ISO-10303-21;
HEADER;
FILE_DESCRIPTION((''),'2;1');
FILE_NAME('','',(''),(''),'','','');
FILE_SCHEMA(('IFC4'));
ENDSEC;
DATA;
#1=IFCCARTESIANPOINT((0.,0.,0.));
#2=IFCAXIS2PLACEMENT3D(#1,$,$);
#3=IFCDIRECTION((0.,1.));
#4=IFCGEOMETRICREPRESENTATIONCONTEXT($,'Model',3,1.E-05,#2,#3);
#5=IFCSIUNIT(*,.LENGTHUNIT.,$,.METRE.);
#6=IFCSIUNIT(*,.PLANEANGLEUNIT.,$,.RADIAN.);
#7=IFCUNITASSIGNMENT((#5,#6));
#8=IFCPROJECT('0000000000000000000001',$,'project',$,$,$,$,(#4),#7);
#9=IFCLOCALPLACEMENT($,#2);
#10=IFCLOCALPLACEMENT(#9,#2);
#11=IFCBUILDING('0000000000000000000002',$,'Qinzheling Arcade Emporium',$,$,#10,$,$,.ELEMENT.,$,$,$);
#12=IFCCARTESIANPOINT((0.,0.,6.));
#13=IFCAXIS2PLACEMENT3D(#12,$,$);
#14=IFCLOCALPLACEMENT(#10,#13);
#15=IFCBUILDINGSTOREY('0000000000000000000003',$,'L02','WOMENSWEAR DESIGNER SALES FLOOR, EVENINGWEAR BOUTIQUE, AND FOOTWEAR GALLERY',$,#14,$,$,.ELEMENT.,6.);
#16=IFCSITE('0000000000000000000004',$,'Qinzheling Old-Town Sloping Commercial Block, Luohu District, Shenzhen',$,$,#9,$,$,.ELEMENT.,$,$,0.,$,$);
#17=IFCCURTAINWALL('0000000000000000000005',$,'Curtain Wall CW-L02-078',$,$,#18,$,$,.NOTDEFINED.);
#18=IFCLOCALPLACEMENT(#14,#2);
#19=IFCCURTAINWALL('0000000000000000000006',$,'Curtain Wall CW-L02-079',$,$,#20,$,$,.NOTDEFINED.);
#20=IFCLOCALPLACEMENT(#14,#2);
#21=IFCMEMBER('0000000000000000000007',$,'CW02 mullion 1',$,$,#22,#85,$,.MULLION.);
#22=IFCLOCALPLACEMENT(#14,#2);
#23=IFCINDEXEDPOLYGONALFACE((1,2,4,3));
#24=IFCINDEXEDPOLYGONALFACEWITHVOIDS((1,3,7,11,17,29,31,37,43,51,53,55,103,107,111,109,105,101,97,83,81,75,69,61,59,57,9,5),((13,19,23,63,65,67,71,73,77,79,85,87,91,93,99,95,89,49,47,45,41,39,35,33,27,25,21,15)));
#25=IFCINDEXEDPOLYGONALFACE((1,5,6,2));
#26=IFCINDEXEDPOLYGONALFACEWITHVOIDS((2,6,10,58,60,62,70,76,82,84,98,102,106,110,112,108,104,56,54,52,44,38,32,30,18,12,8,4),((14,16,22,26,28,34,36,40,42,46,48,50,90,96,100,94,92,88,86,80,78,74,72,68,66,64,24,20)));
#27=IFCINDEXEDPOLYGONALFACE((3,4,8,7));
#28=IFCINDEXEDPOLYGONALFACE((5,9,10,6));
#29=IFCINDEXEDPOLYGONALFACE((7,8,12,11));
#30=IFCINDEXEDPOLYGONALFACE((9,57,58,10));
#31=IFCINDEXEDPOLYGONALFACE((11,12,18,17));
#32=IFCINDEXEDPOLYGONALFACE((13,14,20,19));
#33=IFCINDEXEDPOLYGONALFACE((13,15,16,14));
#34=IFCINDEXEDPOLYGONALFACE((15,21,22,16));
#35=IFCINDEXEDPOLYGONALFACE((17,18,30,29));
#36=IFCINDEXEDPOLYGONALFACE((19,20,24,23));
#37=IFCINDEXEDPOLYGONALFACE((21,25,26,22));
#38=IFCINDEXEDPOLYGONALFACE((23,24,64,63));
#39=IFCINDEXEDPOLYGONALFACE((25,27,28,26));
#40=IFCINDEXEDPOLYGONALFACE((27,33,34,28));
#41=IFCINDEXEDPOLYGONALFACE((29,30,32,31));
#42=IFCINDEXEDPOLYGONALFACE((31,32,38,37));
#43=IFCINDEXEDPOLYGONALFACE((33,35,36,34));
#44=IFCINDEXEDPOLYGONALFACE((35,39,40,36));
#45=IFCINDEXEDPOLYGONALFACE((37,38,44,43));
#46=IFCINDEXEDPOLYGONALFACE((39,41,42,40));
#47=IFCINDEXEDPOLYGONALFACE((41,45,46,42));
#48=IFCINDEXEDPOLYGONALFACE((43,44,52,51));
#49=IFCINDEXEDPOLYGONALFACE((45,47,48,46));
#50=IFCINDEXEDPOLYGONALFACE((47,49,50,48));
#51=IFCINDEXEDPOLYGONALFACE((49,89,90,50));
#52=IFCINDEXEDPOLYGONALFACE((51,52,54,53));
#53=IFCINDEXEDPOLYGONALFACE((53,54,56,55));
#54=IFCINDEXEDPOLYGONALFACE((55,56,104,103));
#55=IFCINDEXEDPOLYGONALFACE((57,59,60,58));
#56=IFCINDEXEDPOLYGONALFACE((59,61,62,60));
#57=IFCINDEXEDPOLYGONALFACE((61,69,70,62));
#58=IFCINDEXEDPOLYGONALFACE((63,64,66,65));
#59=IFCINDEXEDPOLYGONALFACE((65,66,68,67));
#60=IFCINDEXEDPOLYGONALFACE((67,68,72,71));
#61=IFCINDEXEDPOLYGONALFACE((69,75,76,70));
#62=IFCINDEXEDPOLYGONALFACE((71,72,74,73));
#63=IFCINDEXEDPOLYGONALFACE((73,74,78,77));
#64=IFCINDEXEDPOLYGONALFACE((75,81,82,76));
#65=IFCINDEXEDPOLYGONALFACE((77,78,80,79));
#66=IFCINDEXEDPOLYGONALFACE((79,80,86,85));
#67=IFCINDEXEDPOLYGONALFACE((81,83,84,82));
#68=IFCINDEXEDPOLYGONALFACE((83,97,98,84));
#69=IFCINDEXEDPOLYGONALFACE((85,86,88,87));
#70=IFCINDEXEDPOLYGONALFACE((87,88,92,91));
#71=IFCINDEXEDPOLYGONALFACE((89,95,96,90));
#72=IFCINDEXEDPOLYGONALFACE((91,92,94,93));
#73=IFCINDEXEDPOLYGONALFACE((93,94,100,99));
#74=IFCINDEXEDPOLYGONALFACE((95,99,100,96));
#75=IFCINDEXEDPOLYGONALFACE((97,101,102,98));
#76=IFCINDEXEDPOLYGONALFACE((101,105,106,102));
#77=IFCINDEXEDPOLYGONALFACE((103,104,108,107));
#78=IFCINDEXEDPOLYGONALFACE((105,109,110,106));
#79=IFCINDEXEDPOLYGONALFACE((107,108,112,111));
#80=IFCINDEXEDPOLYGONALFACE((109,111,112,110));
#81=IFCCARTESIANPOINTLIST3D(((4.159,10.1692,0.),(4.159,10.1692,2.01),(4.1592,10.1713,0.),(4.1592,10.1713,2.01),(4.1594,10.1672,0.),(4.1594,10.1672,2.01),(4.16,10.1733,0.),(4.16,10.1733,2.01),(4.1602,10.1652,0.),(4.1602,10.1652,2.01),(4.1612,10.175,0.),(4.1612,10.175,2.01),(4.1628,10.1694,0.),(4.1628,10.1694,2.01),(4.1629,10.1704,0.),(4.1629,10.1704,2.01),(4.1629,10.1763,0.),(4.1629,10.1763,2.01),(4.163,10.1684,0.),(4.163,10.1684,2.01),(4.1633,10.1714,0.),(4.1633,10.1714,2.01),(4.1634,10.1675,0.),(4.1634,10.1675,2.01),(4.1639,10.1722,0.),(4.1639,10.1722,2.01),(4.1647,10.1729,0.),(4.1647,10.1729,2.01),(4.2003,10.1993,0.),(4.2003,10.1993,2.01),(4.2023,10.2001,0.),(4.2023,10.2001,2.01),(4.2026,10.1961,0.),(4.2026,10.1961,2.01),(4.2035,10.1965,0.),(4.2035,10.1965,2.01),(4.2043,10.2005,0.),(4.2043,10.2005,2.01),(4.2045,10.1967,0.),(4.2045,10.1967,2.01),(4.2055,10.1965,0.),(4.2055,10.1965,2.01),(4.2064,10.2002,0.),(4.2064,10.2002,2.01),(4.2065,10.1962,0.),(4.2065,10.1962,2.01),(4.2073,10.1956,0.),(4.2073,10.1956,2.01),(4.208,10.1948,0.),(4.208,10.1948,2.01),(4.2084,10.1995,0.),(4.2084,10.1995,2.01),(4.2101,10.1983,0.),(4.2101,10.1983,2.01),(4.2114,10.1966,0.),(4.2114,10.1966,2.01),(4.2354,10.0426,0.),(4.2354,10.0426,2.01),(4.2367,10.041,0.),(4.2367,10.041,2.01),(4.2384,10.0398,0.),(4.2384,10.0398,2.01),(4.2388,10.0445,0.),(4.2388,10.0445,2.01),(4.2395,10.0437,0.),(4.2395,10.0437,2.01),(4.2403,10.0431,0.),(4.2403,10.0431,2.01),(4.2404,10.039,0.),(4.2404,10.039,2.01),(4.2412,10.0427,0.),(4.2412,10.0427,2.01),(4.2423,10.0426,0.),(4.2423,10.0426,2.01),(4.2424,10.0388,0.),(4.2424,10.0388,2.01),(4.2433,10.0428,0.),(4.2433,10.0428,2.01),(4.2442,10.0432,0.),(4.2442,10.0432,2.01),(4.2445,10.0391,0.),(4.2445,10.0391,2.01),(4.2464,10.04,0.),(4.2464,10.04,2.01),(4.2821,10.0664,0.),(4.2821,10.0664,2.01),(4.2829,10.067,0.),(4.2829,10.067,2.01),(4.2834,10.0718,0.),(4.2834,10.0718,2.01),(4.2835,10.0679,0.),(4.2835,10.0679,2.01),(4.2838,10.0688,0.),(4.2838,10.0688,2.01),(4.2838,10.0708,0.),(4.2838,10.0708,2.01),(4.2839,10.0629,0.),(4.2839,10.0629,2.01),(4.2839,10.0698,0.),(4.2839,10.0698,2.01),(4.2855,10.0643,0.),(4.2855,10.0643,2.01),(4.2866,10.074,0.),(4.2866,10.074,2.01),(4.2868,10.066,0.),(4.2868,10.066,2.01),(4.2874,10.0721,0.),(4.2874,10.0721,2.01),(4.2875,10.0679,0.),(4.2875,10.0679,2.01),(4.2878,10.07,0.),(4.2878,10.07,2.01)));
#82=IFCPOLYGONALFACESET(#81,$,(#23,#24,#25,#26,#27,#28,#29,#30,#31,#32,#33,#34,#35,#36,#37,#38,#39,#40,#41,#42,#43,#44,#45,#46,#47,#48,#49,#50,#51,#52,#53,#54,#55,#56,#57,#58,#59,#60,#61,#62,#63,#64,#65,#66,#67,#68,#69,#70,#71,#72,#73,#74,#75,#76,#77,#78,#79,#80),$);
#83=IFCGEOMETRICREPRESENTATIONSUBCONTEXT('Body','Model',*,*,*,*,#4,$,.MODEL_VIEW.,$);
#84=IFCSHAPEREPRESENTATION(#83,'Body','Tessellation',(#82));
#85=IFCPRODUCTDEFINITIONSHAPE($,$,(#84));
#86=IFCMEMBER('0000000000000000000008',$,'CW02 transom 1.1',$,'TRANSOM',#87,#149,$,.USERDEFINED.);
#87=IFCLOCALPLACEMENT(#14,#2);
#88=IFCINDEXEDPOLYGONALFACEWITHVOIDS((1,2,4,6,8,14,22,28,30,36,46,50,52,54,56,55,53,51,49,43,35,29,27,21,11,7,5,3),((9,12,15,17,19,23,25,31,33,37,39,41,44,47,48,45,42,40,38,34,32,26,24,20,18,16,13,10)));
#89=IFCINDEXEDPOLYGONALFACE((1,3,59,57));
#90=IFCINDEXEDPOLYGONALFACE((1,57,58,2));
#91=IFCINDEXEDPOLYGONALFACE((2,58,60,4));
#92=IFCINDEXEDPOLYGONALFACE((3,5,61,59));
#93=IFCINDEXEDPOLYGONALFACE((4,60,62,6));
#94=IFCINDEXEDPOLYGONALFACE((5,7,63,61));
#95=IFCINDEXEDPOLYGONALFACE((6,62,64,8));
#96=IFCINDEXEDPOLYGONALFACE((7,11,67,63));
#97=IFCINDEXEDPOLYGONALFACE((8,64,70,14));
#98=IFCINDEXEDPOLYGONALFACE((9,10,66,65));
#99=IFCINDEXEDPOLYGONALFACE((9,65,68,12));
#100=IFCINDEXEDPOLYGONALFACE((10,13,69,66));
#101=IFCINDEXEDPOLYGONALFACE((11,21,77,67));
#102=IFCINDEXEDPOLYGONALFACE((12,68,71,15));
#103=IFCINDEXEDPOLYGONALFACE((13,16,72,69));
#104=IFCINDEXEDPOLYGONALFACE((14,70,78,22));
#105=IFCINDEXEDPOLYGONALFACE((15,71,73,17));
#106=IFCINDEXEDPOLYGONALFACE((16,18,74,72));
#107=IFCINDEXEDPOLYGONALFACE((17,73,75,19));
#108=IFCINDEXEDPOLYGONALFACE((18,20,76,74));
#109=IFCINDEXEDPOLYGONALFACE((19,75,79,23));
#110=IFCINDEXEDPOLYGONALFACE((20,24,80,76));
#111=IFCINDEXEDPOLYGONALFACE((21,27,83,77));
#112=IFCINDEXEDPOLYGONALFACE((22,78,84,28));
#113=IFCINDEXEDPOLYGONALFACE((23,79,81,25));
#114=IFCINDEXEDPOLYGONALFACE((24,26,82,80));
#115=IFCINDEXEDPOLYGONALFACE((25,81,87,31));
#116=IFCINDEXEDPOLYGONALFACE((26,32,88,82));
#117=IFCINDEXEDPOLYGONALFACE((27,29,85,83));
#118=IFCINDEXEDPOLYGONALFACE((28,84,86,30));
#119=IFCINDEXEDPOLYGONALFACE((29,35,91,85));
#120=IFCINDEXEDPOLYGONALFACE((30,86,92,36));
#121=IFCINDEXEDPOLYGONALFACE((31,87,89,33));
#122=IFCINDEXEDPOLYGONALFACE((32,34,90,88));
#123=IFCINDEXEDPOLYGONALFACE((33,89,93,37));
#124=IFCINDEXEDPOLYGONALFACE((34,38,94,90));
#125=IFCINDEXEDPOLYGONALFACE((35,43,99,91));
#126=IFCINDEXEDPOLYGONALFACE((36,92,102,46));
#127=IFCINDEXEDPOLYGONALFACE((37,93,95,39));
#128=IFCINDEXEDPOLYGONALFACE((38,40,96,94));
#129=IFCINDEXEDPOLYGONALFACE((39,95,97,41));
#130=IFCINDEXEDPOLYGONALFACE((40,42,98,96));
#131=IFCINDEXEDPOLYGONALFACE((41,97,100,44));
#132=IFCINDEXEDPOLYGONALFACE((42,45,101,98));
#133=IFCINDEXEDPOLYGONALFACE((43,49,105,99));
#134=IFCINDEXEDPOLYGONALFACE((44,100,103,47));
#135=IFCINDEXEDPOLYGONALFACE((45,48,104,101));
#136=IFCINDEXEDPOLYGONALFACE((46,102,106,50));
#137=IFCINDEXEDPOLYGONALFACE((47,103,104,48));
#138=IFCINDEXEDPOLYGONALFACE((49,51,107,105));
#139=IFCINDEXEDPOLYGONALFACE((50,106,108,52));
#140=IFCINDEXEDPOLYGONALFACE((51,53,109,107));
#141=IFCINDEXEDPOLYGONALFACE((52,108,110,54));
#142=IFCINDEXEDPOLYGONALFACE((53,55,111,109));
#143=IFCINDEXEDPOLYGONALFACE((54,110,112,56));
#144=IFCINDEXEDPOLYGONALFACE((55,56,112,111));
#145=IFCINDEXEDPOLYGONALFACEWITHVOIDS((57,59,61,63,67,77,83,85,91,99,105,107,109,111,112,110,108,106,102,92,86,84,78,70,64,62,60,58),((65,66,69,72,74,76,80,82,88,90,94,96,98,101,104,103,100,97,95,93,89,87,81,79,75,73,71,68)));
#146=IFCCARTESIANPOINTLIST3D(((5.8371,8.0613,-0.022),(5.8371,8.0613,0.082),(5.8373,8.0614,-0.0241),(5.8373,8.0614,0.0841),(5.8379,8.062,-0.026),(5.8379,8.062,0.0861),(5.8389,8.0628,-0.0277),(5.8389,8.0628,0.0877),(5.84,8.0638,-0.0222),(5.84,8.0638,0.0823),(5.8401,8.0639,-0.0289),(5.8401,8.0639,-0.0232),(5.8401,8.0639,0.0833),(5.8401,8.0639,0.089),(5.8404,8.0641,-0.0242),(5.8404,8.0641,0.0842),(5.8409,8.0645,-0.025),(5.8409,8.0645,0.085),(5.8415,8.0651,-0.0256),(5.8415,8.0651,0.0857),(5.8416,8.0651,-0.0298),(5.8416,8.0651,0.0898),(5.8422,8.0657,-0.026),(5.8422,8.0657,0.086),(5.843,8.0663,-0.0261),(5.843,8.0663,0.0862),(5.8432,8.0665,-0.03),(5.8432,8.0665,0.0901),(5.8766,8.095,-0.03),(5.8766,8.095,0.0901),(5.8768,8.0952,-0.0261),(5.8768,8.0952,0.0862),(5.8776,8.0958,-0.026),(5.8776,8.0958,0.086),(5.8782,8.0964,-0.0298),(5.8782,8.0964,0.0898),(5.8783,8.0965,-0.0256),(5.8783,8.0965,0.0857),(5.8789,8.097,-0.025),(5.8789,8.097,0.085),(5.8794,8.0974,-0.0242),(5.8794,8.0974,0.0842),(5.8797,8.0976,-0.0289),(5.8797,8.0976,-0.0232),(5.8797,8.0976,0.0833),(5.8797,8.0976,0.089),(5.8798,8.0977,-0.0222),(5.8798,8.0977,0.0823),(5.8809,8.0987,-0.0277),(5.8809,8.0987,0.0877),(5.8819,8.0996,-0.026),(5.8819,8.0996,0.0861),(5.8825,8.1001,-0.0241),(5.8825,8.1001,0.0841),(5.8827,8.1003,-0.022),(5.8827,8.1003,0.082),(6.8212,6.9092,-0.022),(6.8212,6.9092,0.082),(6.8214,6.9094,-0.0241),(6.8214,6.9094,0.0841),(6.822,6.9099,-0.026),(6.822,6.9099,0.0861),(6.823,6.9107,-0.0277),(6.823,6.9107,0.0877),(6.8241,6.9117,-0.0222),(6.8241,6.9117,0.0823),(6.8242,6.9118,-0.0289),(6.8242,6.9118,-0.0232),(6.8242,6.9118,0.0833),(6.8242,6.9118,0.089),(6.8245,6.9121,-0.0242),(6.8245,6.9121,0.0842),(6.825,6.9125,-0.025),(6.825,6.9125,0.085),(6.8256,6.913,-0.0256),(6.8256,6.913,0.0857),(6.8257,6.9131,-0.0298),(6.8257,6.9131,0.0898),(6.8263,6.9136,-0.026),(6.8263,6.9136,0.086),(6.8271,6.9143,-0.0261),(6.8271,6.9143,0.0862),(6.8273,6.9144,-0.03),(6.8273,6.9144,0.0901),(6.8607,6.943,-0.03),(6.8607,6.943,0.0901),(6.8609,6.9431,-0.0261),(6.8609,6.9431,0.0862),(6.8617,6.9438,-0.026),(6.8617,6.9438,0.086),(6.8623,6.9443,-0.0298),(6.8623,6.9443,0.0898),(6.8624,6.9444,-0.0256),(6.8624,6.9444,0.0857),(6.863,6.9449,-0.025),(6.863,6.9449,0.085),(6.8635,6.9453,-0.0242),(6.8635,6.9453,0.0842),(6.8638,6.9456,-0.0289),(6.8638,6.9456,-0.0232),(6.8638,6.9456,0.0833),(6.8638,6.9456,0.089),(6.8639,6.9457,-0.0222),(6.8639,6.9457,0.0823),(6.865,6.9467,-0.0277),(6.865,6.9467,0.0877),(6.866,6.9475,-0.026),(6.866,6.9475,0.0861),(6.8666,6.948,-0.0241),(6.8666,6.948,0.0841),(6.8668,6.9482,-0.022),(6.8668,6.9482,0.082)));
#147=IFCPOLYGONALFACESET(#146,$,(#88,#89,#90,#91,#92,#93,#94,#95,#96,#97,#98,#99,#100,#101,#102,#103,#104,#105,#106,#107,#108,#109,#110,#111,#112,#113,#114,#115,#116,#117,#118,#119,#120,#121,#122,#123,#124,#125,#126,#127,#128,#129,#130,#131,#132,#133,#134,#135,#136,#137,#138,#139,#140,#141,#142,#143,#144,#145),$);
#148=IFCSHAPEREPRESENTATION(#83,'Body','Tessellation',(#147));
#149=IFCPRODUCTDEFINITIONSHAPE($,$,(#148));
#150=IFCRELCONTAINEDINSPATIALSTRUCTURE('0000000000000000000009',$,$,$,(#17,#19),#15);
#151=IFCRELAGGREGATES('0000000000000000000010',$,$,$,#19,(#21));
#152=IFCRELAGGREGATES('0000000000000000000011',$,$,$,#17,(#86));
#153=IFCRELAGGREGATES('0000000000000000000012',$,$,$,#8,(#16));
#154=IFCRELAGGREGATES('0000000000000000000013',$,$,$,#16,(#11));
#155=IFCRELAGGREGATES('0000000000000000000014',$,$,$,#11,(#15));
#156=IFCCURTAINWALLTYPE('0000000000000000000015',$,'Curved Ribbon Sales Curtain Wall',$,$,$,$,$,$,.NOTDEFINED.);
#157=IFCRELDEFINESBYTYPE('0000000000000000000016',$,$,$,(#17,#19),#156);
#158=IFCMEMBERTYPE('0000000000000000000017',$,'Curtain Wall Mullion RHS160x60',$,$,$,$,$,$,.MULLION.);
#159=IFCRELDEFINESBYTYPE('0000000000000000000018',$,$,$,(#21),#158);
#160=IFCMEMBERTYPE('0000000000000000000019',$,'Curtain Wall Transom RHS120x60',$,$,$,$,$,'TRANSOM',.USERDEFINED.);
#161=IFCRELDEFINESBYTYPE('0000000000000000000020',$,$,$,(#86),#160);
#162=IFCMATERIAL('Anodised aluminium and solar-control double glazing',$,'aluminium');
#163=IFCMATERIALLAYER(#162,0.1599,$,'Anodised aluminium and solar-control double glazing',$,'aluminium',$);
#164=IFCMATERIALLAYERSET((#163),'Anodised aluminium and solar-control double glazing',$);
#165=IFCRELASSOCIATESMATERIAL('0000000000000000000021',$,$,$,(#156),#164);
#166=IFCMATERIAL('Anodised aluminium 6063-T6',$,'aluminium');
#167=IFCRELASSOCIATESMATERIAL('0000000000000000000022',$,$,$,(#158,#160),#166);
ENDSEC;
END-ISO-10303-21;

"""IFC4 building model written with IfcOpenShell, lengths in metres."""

from ifc_helpers import new_model, si_unit, direction, frame, origin, origin_2d, place, context, subcontext, project, spatial, hollow_rectangle, extrude, material, layer, layer_set, material_profile, profile_set, type_object, element, aggregate, save


model = new_model("IFC4")

# Units and contexts
model_context = context("Model", 3, precision=1e-05, world=origin(), true_north=direction((0.0, 1.0)))
body_context = subcontext(model_context, "Body", "Model", "MODEL_VIEW")
ifc_project = project(units=[si_unit("LENGTHUNIT", "METRE"), si_unit("PLANEANGLEUNIT", "RADIAN")], contexts=[model_context])

# Site, building, storey
site_placement = place(None, origin())
site = spatial("IfcSite", under=ifc_project, at=site_placement, Name="Qinzheling Old-Town Sloping Commercial Block, Luohu District, Shenzhen", CompositionType="ELEMENT", RefElevation=0.0)
building_placement = place(site_placement, origin())
building = spatial("IfcBuilding", under=site, at=building_placement, Name="Qinzheling Arcade Emporium", CompositionType="ELEMENT")
storey_placement = place(building_placement, frame((0.0, 0.0, 6.0)))
storey = spatial("IfcBuildingStorey", under=building, at=storey_placement, Name="L02", Description="WOMENSWEAR DESIGNER SALES FLOOR, EVENINGWEAR BOUTIQUE, AND FOOTWEAR GALLERY", CompositionType="ELEMENT", Elevation=6.0)

# Curtain wall
ifc_material_1 = material(Name="Anodised aluminium and solar-control double glazing", Category="aluminium")
ifc_layer_1 = layer(ifc_material_1, 0.1599, Name="Anodised aluminium and solar-control double glazing", Category="aluminium")
ifc_layer_set_1 = layer_set([ifc_layer_1], Name="Anodised aluminium and solar-control double glazing")
curtain_wall_type = type_object("IfcCurtainWallType", Name="Curved Ribbon Sales Curtain Wall", PredefinedType="NOTDEFINED", material=ifc_layer_set_1)
curtain_wall_1_placement = place(storey_placement, origin())
curtain_wall_1 = element("IfcCurtainWall", 1, at=curtain_wall_1_placement, inside=storey, type_object=curtain_wall_type, Name="Curtain Wall CW-L02-078", PredefinedType="NOTDEFINED")
ifc_material_2 = material(Name="Anodised aluminium 6063-T6", Category="aluminium")
ifc_material_profile_1 = material_profile(ifc_material_2, hollow_rectangle(XDim=0.0601, YDim=0.1599, WallThickness=0.0039, InnerFilletRadius=0.0039, OuterFilletRadius=0.0081, at=origin_2d()), Name="RHS 160x60x4", Category="aluminium")
ifc_profile_set_1 = profile_set([ifc_material_profile_1], Name="Anodised aluminium 6063-T6")
member_type_1 = type_object("IfcMemberType", Name="Curtain Wall Mullion RHS160x60", PredefinedType="MULLION", material=ifc_profile_set_1)

# Curtain wall, member
curtain_wall_2_placement = place(storey_placement, origin())
curtain_wall_2 = element("IfcCurtainWall", 2, at=curtain_wall_2_placement, inside=storey, type_object=curtain_wall_type, Name="Curtain Wall CW-L02-079", PredefinedType="NOTDEFINED")
member_1_placement = place(storey_placement, frame((4.2234, 10.1196, 0.0), z_axis=(0.0, 0.0, 1.0), x_axis=(-0.852534, -0.522672, 0.0)))
member_1 = element("IfcMember", 3, at=member_1_placement, type_object=member_type_1, Name="CW02 mullion 1", PredefinedType="MULLION", context=body_context, shape_type="SweptSolid", body=[
    extrude(hollow_rectangle(XDim=0.0601, YDim=0.1599, WallThickness=0.0039, InnerFilletRadius=0.0039, OuterFilletRadius=0.0081, at=origin_2d()), origin(), (0.0, 0.0, 1.0), 2.01),
])

# Member
ifc_material_profile_2 = material_profile(ifc_material_2, hollow_rectangle(XDim=0.0601, YDim=0.1201, WallThickness=0.0039, InnerFilletRadius=0.0039, OuterFilletRadius=0.0081, at=origin_2d()), Name="RHS 120x60x4", Category="aluminium")
ifc_profile_set_2 = profile_set([ifc_material_profile_2], Name="Anodised aluminium 6063-T6")
member_type_2 = type_object("IfcMemberType", Name="Curtain Wall Transom RHS120x60", ElementType="TRANSOM", PredefinedType="USERDEFINED", material=ifc_profile_set_2)
member_2_placement = place(storey_placement, frame((6.844, 6.9287, 0.03), z_axis=(-0.649503, 0.760359, 0.0), x_axis=(-0.760359, -0.649503, 0.0)))
member_2 = element("IfcMember", 4, at=member_2_placement, type_object=member_type_2, Name="CW02 transom 1.1", ObjectType="TRANSOM", PredefinedType="USERDEFINED", context=body_context, shape_type="SweptSolid", body=[
    extrude(hollow_rectangle(XDim=0.0601, YDim=0.1201, WallThickness=0.0039, InnerFilletRadius=0.0039, OuterFilletRadius=0.0081, at=origin_2d()), origin(), (0.0, 0.0, 1.0), 1.5151),
])
aggregate(curtain_wall_2, [member_1])

aggregate(curtain_wall_1, [member_2])

save(model, "model.ifc")
